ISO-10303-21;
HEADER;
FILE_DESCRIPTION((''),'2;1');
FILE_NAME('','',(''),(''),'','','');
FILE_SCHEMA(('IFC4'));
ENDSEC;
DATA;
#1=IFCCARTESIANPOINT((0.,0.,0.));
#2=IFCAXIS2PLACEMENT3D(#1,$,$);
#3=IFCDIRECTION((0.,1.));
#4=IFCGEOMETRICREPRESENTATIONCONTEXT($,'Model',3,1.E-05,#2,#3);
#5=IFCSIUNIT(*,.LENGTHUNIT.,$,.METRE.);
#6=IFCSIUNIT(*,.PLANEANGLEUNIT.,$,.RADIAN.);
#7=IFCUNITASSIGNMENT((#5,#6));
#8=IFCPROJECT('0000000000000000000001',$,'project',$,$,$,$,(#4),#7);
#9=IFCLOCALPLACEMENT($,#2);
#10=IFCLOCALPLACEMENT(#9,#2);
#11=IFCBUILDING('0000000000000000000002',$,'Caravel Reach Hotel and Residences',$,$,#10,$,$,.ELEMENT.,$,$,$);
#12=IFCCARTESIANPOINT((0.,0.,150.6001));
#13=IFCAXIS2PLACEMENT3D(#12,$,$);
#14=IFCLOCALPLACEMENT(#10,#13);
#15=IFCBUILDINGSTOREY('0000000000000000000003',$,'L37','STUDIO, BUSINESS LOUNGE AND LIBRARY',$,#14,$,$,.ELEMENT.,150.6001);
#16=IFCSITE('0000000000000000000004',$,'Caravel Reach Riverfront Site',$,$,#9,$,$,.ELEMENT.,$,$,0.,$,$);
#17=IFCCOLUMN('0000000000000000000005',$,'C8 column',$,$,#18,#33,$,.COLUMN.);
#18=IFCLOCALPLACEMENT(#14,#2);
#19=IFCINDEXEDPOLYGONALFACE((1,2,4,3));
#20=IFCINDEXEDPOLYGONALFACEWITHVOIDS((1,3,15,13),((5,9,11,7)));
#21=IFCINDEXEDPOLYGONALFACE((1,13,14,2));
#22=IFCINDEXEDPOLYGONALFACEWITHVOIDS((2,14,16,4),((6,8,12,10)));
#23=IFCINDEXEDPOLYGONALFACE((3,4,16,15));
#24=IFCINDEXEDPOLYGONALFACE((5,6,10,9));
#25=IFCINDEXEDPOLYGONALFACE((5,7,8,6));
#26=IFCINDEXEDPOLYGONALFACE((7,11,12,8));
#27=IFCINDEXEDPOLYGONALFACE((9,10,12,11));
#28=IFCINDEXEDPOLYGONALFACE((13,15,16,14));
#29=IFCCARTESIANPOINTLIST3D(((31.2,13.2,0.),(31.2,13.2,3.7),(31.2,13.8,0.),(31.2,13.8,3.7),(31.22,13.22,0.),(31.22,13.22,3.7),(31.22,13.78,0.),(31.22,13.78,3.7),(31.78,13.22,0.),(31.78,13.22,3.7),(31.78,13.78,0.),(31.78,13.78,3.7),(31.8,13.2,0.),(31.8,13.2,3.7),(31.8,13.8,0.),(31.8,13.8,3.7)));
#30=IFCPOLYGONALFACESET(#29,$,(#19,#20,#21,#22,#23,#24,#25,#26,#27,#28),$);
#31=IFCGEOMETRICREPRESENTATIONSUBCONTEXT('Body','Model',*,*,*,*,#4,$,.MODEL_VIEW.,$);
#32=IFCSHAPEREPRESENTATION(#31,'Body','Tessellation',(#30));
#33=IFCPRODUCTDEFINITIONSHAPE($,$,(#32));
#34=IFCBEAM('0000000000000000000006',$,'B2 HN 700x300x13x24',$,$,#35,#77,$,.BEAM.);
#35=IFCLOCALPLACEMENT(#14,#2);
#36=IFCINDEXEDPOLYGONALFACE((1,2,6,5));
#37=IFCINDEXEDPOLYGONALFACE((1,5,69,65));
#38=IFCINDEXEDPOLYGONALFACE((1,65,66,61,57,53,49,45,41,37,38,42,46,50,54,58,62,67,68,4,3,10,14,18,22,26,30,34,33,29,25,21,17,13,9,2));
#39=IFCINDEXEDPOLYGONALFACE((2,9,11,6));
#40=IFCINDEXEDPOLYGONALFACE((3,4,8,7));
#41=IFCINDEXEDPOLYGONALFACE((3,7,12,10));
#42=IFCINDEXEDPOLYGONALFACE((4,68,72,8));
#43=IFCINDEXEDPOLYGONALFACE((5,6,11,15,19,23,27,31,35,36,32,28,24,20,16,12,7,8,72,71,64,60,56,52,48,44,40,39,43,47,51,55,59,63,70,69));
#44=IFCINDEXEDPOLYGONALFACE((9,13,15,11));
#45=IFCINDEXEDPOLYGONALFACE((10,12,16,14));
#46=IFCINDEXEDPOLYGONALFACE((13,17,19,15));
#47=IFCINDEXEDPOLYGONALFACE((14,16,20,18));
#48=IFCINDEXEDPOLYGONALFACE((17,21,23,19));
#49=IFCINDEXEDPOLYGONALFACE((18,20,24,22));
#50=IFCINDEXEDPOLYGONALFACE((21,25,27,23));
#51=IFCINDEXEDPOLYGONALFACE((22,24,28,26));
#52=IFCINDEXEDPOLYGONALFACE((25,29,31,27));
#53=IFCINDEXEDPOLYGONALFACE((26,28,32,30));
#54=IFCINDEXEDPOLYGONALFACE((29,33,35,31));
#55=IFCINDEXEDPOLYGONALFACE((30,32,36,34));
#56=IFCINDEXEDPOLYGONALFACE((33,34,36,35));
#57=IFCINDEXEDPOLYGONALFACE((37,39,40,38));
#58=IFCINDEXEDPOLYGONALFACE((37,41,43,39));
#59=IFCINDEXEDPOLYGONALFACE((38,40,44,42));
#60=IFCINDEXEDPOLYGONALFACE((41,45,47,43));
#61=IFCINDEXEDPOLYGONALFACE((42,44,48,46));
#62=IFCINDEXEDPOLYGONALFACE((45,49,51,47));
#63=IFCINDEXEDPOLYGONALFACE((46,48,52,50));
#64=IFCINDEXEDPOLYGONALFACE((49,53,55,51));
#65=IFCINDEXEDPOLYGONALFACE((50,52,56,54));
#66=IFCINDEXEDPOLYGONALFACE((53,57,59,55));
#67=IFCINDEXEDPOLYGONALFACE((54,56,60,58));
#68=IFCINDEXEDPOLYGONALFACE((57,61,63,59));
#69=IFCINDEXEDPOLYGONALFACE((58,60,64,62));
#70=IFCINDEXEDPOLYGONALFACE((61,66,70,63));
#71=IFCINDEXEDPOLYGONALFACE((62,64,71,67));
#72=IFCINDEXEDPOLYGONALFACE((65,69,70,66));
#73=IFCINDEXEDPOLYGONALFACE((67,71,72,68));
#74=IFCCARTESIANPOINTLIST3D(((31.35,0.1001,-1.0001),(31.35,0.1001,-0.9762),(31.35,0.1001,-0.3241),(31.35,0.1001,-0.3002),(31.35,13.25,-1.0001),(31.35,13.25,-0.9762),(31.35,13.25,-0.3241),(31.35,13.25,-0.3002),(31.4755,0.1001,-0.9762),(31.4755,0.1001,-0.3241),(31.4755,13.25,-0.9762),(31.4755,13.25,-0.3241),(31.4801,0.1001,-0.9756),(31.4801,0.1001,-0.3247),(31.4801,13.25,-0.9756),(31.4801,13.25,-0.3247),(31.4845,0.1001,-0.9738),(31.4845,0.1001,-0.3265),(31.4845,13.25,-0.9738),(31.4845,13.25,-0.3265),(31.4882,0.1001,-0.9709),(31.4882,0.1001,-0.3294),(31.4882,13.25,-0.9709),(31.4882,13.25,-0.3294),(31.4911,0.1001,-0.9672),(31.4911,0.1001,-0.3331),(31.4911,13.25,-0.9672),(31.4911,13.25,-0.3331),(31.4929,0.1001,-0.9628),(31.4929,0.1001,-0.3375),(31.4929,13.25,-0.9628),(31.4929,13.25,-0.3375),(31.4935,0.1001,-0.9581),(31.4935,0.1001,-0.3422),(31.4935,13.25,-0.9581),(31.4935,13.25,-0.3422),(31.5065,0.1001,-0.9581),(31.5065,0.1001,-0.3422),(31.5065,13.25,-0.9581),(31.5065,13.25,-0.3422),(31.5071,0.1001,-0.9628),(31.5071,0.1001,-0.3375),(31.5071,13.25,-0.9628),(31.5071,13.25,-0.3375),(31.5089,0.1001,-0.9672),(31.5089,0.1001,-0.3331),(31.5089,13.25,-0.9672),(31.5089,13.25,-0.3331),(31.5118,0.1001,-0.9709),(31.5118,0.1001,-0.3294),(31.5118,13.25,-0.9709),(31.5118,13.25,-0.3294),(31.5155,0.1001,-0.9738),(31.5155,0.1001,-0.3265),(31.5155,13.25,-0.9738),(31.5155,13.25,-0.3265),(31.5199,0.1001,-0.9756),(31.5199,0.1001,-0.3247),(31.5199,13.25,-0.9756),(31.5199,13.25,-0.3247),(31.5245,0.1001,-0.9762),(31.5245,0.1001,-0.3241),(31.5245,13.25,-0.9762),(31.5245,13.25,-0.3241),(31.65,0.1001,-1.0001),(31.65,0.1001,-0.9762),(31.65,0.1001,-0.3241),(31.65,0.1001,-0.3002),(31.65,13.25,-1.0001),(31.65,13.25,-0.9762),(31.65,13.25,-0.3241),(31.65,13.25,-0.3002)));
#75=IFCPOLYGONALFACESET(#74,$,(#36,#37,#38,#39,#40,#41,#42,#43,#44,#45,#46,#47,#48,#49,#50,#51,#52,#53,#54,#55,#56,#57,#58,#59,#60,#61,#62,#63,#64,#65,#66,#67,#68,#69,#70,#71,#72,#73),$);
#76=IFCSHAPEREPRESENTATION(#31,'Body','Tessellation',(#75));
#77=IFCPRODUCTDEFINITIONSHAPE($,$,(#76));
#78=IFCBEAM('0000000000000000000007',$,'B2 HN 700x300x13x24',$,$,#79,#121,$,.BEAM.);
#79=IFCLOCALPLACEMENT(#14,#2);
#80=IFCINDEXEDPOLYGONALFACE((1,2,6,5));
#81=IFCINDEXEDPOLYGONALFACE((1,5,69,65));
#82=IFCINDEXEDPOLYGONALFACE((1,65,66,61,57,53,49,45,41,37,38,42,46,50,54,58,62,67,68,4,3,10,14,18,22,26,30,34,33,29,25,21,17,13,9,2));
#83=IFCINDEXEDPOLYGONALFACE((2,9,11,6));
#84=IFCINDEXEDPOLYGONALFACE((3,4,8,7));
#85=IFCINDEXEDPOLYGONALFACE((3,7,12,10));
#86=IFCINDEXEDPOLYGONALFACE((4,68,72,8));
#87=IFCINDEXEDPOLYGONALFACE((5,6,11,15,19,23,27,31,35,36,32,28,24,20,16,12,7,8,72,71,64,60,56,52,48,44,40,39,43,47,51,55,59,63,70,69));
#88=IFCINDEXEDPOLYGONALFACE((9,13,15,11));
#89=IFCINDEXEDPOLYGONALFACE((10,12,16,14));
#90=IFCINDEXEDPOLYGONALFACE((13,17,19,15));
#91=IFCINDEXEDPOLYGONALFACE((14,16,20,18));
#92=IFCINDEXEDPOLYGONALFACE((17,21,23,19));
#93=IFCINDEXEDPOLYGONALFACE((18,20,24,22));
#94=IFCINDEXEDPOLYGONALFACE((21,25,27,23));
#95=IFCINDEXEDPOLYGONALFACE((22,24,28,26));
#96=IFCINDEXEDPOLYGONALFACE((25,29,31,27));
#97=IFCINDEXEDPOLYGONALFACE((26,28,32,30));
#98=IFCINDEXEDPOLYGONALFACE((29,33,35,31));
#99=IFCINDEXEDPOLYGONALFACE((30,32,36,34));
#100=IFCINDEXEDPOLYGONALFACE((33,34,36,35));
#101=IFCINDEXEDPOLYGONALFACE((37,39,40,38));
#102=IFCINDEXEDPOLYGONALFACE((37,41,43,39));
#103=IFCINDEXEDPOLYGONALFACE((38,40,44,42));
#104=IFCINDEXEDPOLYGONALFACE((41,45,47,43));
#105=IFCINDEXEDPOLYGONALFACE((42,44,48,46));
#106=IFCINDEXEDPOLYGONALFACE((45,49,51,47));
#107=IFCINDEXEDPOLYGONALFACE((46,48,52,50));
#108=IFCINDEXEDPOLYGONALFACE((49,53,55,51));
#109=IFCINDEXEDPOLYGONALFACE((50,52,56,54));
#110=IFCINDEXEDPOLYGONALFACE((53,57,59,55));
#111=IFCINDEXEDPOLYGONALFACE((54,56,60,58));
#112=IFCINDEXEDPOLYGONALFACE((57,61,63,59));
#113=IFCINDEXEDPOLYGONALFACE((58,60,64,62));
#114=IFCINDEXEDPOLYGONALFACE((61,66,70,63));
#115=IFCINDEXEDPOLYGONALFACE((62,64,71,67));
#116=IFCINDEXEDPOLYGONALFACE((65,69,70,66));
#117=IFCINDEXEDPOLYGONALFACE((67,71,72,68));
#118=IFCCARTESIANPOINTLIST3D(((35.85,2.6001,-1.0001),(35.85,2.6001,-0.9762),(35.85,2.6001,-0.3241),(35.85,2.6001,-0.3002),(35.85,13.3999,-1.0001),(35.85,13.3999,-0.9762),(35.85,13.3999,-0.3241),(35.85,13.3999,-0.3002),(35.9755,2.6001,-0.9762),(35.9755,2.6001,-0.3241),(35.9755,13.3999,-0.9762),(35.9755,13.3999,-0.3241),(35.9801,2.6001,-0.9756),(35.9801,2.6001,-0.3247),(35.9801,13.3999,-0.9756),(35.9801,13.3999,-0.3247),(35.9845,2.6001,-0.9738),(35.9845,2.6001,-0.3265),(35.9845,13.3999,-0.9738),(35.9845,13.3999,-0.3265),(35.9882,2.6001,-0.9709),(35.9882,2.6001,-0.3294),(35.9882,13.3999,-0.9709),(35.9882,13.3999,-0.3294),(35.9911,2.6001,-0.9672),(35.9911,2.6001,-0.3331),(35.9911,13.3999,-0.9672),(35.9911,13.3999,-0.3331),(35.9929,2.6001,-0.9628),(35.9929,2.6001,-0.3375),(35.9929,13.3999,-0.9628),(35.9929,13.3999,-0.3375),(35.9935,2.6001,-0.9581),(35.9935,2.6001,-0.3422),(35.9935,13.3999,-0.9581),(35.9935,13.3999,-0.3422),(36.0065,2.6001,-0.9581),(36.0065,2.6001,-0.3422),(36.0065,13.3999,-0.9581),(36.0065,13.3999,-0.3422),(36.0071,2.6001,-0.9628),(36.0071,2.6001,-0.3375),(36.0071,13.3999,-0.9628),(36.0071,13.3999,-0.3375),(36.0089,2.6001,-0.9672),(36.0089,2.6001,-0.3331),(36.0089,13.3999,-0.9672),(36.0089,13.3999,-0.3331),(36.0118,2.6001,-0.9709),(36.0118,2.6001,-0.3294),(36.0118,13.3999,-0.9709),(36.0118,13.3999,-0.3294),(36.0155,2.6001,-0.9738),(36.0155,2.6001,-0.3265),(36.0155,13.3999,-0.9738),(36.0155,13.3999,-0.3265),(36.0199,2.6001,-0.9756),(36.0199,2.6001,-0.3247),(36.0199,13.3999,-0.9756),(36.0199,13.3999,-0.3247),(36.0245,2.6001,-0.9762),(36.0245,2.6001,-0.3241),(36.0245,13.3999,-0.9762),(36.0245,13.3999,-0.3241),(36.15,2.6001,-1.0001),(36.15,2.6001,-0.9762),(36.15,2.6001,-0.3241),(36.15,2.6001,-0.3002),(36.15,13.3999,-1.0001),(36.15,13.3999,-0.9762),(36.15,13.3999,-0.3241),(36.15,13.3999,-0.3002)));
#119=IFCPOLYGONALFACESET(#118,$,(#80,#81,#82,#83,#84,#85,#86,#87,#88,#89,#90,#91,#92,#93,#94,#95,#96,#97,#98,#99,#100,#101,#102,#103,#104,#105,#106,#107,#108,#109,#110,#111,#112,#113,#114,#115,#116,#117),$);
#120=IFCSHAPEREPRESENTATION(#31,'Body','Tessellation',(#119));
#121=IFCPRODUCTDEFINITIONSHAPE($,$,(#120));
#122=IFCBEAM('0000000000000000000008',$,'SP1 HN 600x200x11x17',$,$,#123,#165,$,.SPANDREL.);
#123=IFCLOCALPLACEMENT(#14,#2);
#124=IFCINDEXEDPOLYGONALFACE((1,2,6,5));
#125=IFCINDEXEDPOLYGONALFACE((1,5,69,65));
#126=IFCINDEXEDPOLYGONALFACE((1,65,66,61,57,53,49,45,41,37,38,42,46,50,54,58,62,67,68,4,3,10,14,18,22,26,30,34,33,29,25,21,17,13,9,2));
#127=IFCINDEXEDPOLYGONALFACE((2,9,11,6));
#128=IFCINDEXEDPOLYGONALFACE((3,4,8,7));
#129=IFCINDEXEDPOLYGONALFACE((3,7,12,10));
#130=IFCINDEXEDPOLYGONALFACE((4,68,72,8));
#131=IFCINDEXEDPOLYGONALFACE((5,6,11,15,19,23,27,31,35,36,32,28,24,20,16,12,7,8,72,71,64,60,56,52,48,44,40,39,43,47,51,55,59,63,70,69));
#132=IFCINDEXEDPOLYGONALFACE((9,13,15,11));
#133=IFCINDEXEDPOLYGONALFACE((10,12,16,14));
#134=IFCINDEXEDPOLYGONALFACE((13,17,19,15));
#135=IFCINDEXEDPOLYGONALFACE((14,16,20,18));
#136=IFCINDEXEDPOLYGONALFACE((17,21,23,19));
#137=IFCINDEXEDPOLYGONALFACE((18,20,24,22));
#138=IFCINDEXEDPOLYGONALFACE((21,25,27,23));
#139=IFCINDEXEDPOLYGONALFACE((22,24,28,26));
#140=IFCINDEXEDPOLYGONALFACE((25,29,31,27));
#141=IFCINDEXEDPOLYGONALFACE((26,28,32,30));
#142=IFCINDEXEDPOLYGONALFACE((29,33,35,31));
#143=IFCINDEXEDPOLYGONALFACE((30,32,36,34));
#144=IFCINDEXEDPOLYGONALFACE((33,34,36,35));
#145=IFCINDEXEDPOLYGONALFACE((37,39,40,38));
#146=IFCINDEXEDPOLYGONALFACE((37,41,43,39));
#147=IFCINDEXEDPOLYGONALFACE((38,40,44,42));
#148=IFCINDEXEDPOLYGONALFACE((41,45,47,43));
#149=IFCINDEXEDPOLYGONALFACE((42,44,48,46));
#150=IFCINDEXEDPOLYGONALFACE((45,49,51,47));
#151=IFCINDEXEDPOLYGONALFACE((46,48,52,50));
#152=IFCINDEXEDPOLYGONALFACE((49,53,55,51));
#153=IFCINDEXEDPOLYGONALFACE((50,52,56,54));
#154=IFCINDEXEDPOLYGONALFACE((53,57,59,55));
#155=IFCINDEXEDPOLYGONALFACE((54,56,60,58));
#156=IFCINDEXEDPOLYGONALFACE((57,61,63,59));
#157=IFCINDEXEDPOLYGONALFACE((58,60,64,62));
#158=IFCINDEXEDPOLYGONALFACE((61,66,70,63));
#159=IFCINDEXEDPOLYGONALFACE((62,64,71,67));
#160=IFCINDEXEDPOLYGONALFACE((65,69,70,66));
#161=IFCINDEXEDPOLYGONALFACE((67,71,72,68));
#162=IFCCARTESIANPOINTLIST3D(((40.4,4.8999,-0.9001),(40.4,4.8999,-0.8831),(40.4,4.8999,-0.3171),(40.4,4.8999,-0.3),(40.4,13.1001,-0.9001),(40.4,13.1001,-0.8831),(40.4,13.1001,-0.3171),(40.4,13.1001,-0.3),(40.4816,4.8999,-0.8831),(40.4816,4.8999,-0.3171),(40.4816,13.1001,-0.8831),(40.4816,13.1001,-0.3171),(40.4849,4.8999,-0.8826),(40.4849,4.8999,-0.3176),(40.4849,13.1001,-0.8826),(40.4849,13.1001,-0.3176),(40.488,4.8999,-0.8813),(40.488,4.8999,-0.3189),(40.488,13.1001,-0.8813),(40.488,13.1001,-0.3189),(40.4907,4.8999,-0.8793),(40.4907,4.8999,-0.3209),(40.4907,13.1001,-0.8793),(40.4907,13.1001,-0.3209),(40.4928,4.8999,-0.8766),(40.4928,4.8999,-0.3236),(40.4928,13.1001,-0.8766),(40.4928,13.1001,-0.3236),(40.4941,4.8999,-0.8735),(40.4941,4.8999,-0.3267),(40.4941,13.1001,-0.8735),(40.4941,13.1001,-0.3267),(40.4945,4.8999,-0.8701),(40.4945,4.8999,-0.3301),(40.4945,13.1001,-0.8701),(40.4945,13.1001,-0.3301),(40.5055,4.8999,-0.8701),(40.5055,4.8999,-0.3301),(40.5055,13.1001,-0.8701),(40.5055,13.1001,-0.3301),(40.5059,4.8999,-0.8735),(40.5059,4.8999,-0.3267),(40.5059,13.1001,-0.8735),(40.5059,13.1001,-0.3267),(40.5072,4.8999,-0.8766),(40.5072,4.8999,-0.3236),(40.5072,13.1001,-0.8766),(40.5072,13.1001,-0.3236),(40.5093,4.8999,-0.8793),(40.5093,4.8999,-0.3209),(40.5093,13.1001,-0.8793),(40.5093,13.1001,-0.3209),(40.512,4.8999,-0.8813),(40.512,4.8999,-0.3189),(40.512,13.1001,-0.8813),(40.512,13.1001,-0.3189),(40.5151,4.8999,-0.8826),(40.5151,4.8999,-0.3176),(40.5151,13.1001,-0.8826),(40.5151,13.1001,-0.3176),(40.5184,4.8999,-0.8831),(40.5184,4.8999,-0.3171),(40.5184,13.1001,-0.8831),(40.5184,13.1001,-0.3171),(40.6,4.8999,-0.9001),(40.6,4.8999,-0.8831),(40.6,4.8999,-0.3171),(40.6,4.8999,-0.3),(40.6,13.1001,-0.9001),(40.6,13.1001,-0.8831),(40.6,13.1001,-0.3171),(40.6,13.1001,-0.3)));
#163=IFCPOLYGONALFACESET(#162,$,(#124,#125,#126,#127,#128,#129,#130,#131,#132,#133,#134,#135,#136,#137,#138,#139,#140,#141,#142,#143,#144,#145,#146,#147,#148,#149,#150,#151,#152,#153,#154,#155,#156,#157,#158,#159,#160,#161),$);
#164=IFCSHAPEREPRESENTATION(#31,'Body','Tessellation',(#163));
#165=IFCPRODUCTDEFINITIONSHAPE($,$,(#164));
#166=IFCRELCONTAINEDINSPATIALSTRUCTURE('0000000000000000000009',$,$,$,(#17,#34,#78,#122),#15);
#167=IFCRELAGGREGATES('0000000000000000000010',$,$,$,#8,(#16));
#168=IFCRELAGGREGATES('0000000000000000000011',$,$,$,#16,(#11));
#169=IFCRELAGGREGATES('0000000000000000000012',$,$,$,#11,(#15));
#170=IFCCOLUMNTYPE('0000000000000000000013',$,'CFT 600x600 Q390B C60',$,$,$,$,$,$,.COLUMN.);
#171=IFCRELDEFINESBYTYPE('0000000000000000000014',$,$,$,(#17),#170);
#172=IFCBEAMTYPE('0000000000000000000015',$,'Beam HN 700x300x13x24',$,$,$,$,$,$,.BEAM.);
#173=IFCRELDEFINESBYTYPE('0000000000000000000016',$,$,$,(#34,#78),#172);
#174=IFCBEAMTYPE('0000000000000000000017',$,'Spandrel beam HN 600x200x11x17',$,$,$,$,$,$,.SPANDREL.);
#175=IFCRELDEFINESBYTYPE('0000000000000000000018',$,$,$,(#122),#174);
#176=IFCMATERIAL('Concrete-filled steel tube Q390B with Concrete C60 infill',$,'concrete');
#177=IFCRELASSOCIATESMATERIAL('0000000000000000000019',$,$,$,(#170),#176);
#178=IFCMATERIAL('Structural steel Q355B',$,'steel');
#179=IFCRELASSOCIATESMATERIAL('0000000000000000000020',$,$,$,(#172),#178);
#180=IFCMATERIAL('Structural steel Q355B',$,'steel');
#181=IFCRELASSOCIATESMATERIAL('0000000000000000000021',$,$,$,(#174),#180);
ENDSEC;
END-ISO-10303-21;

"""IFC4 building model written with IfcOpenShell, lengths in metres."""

from ifc_helpers import new_model, si_unit, direction, frame, origin, origin_2d, place, context, subcontext, project, spatial, hollow_rectangle, i_section, extrude, material, material_profile, profile_set, type_object, element, save


model = new_model("IFC4")

# Units and contexts
model_context = context("Model", 3, precision=1e-05, world=origin(), true_north=direction((0.0, 1.0)))
body_context = subcontext(model_context, "Body", "Model", "MODEL_VIEW")
ifc_project = project(units=[si_unit("LENGTHUNIT", "METRE"), si_unit("PLANEANGLEUNIT", "RADIAN")], contexts=[model_context])

# Site, building, storey
site_placement = place(None, origin())
site = spatial("IfcSite", under=ifc_project, at=site_placement, Name="Caravel Reach Riverfront Site", CompositionType="ELEMENT", RefElevation=0.0)
building_placement = place(site_placement, origin())
building = spatial("IfcBuilding", under=site, at=building_placement, Name="Caravel Reach Hotel and Residences", CompositionType="ELEMENT")
storey_placement = place(building_placement, frame((0.0, 0.0, 150.6001)))
storey = spatial("IfcBuildingStorey", under=building, at=storey_placement, Name="L37", Description="STUDIO, BUSINESS LOUNGE AND LIBRARY", CompositionType="ELEMENT", Elevation=150.6001)

# Column
ifc_material_1 = material(Name="Concrete-filled steel tube Q390B with Concrete C60 infill", Category="concrete")
ifc_material_profile_1 = material_profile(ifc_material_1, hollow_rectangle(XDim=0.6001, YDim=0.6001, WallThickness=0.02, at=origin_2d()), Name="RHS 600x600x20")
ifc_profile_set_1 = profile_set([ifc_material_profile_1], Name="Concrete-filled steel tube Q390B with Concrete C60 infill")
column_type = type_object("IfcColumnType", Name="CFT 600x600 Q390B C60", PredefinedType="COLUMN", material=ifc_profile_set_1)
column_placement = place(storey_placement, frame((31.5, 13.5, 0.0), z_axis=(0.0, 0.0, 1.0), x_axis=(1.0, 0.0, 0.0)))
element("IfcColumn", 1, at=column_placement, inside=storey, type_object=column_type, Name="C8 column", PredefinedType="COLUMN", context=body_context, shape_type="SweptSolid", body=[
    extrude(hollow_rectangle(XDim=0.6001, YDim=0.6001, WallThickness=0.02, at=origin_2d()), origin(), (0.0, 0.0, 1.0), 3.7),
])

# Beams
ifc_material_2 = material(Name="Structural steel Q355B", Category="steel")
ifc_material_profile_2 = material_profile(ifc_material_2, i_section(OverallWidth=0.3, OverallDepth=0.7, WebThickness=0.0129, FlangeThickness=0.0239, FilletRadius=0.0181, at=origin_2d()), Name="HN 700x300x13x24")
ifc_profile_set_2 = profile_set([ifc_material_profile_2], Name="Structural steel Q355B")
beam_type_1 = type_object("IfcBeamType", Name="Beam HN 700x300x13x24", PredefinedType="BEAM", material=ifc_profile_set_2)
beam_1_placement = place(storey_placement, frame((31.5, 13.25, -0.6501), z_axis=(0.0, -1.0, 0.0), x_axis=(1.0, 0.0, 0.0)))
element("IfcBeam", 2, at=beam_1_placement, inside=storey, type_object=beam_type_1, Name="B2 HN 700x300x13x24", PredefinedType="BEAM", context=body_context, shape_type="SweptSolid", body=[
    extrude(i_section(OverallWidth=0.3, OverallDepth=0.7, WebThickness=0.0129, FlangeThickness=0.0239, FilletRadius=0.0181, at=origin_2d()), origin(), (0.0, 0.0, 1.0), 13.1499),
])
beam_2_placement = place(storey_placement, frame((36.0, 13.3999, -0.6501), z_axis=(0.0, -1.0, 0.0), x_axis=(1.0, 0.0, 0.0)))
element("IfcBeam", 3, at=beam_2_placement, inside=storey, type_object=beam_type_1, Name="B2 HN 700x300x13x24", PredefinedType="BEAM", context=body_context, shape_type="SweptSolid", body=[
    extrude(i_section(OverallWidth=0.3, OverallDepth=0.7, WebThickness=0.0129, FlangeThickness=0.0239, FilletRadius=0.0181, at=origin_2d()), origin(), (0.0, 0.0, 1.0), 10.7998),
])
ifc_material_3 = material(Name="Structural steel Q355B", Category="steel")
ifc_material_profile_3 = material_profile(ifc_material_3, i_section(OverallWidth=0.2, OverallDepth=0.6001, WebThickness=0.011, FlangeThickness=0.0171, FilletRadius=0.0129, at=origin_2d()), Name="HN 600x200x11x17")
ifc_profile_set_3 = profile_set([ifc_material_profile_3], Name="Structural steel Q355B")
beam_type_2 = type_object("IfcBeamType", Name="Spandrel beam HN 600x200x11x17", PredefinedType="SPANDREL", material=ifc_profile_set_3)
beam_3_placement = place(storey_placement, frame((40.5, 4.8999, -0.6001), z_axis=(0.0, 1.0, 0.0), x_axis=(-1.0, 0.0, 0.0)))
element("IfcBeam", 4, at=beam_3_placement, inside=storey, type_object=beam_type_2, Name="SP1 HN 600x200x11x17", PredefinedType="SPANDREL", context=body_context, shape_type="SweptSolid", body=[
    extrude(i_section(OverallWidth=0.2, OverallDepth=0.6001, WebThickness=0.011, FlangeThickness=0.0171, FilletRadius=0.0129, at=origin_2d()), origin(), (0.0, 0.0, 1.0), 8.2002),
])

save(model, "model.ifc")
